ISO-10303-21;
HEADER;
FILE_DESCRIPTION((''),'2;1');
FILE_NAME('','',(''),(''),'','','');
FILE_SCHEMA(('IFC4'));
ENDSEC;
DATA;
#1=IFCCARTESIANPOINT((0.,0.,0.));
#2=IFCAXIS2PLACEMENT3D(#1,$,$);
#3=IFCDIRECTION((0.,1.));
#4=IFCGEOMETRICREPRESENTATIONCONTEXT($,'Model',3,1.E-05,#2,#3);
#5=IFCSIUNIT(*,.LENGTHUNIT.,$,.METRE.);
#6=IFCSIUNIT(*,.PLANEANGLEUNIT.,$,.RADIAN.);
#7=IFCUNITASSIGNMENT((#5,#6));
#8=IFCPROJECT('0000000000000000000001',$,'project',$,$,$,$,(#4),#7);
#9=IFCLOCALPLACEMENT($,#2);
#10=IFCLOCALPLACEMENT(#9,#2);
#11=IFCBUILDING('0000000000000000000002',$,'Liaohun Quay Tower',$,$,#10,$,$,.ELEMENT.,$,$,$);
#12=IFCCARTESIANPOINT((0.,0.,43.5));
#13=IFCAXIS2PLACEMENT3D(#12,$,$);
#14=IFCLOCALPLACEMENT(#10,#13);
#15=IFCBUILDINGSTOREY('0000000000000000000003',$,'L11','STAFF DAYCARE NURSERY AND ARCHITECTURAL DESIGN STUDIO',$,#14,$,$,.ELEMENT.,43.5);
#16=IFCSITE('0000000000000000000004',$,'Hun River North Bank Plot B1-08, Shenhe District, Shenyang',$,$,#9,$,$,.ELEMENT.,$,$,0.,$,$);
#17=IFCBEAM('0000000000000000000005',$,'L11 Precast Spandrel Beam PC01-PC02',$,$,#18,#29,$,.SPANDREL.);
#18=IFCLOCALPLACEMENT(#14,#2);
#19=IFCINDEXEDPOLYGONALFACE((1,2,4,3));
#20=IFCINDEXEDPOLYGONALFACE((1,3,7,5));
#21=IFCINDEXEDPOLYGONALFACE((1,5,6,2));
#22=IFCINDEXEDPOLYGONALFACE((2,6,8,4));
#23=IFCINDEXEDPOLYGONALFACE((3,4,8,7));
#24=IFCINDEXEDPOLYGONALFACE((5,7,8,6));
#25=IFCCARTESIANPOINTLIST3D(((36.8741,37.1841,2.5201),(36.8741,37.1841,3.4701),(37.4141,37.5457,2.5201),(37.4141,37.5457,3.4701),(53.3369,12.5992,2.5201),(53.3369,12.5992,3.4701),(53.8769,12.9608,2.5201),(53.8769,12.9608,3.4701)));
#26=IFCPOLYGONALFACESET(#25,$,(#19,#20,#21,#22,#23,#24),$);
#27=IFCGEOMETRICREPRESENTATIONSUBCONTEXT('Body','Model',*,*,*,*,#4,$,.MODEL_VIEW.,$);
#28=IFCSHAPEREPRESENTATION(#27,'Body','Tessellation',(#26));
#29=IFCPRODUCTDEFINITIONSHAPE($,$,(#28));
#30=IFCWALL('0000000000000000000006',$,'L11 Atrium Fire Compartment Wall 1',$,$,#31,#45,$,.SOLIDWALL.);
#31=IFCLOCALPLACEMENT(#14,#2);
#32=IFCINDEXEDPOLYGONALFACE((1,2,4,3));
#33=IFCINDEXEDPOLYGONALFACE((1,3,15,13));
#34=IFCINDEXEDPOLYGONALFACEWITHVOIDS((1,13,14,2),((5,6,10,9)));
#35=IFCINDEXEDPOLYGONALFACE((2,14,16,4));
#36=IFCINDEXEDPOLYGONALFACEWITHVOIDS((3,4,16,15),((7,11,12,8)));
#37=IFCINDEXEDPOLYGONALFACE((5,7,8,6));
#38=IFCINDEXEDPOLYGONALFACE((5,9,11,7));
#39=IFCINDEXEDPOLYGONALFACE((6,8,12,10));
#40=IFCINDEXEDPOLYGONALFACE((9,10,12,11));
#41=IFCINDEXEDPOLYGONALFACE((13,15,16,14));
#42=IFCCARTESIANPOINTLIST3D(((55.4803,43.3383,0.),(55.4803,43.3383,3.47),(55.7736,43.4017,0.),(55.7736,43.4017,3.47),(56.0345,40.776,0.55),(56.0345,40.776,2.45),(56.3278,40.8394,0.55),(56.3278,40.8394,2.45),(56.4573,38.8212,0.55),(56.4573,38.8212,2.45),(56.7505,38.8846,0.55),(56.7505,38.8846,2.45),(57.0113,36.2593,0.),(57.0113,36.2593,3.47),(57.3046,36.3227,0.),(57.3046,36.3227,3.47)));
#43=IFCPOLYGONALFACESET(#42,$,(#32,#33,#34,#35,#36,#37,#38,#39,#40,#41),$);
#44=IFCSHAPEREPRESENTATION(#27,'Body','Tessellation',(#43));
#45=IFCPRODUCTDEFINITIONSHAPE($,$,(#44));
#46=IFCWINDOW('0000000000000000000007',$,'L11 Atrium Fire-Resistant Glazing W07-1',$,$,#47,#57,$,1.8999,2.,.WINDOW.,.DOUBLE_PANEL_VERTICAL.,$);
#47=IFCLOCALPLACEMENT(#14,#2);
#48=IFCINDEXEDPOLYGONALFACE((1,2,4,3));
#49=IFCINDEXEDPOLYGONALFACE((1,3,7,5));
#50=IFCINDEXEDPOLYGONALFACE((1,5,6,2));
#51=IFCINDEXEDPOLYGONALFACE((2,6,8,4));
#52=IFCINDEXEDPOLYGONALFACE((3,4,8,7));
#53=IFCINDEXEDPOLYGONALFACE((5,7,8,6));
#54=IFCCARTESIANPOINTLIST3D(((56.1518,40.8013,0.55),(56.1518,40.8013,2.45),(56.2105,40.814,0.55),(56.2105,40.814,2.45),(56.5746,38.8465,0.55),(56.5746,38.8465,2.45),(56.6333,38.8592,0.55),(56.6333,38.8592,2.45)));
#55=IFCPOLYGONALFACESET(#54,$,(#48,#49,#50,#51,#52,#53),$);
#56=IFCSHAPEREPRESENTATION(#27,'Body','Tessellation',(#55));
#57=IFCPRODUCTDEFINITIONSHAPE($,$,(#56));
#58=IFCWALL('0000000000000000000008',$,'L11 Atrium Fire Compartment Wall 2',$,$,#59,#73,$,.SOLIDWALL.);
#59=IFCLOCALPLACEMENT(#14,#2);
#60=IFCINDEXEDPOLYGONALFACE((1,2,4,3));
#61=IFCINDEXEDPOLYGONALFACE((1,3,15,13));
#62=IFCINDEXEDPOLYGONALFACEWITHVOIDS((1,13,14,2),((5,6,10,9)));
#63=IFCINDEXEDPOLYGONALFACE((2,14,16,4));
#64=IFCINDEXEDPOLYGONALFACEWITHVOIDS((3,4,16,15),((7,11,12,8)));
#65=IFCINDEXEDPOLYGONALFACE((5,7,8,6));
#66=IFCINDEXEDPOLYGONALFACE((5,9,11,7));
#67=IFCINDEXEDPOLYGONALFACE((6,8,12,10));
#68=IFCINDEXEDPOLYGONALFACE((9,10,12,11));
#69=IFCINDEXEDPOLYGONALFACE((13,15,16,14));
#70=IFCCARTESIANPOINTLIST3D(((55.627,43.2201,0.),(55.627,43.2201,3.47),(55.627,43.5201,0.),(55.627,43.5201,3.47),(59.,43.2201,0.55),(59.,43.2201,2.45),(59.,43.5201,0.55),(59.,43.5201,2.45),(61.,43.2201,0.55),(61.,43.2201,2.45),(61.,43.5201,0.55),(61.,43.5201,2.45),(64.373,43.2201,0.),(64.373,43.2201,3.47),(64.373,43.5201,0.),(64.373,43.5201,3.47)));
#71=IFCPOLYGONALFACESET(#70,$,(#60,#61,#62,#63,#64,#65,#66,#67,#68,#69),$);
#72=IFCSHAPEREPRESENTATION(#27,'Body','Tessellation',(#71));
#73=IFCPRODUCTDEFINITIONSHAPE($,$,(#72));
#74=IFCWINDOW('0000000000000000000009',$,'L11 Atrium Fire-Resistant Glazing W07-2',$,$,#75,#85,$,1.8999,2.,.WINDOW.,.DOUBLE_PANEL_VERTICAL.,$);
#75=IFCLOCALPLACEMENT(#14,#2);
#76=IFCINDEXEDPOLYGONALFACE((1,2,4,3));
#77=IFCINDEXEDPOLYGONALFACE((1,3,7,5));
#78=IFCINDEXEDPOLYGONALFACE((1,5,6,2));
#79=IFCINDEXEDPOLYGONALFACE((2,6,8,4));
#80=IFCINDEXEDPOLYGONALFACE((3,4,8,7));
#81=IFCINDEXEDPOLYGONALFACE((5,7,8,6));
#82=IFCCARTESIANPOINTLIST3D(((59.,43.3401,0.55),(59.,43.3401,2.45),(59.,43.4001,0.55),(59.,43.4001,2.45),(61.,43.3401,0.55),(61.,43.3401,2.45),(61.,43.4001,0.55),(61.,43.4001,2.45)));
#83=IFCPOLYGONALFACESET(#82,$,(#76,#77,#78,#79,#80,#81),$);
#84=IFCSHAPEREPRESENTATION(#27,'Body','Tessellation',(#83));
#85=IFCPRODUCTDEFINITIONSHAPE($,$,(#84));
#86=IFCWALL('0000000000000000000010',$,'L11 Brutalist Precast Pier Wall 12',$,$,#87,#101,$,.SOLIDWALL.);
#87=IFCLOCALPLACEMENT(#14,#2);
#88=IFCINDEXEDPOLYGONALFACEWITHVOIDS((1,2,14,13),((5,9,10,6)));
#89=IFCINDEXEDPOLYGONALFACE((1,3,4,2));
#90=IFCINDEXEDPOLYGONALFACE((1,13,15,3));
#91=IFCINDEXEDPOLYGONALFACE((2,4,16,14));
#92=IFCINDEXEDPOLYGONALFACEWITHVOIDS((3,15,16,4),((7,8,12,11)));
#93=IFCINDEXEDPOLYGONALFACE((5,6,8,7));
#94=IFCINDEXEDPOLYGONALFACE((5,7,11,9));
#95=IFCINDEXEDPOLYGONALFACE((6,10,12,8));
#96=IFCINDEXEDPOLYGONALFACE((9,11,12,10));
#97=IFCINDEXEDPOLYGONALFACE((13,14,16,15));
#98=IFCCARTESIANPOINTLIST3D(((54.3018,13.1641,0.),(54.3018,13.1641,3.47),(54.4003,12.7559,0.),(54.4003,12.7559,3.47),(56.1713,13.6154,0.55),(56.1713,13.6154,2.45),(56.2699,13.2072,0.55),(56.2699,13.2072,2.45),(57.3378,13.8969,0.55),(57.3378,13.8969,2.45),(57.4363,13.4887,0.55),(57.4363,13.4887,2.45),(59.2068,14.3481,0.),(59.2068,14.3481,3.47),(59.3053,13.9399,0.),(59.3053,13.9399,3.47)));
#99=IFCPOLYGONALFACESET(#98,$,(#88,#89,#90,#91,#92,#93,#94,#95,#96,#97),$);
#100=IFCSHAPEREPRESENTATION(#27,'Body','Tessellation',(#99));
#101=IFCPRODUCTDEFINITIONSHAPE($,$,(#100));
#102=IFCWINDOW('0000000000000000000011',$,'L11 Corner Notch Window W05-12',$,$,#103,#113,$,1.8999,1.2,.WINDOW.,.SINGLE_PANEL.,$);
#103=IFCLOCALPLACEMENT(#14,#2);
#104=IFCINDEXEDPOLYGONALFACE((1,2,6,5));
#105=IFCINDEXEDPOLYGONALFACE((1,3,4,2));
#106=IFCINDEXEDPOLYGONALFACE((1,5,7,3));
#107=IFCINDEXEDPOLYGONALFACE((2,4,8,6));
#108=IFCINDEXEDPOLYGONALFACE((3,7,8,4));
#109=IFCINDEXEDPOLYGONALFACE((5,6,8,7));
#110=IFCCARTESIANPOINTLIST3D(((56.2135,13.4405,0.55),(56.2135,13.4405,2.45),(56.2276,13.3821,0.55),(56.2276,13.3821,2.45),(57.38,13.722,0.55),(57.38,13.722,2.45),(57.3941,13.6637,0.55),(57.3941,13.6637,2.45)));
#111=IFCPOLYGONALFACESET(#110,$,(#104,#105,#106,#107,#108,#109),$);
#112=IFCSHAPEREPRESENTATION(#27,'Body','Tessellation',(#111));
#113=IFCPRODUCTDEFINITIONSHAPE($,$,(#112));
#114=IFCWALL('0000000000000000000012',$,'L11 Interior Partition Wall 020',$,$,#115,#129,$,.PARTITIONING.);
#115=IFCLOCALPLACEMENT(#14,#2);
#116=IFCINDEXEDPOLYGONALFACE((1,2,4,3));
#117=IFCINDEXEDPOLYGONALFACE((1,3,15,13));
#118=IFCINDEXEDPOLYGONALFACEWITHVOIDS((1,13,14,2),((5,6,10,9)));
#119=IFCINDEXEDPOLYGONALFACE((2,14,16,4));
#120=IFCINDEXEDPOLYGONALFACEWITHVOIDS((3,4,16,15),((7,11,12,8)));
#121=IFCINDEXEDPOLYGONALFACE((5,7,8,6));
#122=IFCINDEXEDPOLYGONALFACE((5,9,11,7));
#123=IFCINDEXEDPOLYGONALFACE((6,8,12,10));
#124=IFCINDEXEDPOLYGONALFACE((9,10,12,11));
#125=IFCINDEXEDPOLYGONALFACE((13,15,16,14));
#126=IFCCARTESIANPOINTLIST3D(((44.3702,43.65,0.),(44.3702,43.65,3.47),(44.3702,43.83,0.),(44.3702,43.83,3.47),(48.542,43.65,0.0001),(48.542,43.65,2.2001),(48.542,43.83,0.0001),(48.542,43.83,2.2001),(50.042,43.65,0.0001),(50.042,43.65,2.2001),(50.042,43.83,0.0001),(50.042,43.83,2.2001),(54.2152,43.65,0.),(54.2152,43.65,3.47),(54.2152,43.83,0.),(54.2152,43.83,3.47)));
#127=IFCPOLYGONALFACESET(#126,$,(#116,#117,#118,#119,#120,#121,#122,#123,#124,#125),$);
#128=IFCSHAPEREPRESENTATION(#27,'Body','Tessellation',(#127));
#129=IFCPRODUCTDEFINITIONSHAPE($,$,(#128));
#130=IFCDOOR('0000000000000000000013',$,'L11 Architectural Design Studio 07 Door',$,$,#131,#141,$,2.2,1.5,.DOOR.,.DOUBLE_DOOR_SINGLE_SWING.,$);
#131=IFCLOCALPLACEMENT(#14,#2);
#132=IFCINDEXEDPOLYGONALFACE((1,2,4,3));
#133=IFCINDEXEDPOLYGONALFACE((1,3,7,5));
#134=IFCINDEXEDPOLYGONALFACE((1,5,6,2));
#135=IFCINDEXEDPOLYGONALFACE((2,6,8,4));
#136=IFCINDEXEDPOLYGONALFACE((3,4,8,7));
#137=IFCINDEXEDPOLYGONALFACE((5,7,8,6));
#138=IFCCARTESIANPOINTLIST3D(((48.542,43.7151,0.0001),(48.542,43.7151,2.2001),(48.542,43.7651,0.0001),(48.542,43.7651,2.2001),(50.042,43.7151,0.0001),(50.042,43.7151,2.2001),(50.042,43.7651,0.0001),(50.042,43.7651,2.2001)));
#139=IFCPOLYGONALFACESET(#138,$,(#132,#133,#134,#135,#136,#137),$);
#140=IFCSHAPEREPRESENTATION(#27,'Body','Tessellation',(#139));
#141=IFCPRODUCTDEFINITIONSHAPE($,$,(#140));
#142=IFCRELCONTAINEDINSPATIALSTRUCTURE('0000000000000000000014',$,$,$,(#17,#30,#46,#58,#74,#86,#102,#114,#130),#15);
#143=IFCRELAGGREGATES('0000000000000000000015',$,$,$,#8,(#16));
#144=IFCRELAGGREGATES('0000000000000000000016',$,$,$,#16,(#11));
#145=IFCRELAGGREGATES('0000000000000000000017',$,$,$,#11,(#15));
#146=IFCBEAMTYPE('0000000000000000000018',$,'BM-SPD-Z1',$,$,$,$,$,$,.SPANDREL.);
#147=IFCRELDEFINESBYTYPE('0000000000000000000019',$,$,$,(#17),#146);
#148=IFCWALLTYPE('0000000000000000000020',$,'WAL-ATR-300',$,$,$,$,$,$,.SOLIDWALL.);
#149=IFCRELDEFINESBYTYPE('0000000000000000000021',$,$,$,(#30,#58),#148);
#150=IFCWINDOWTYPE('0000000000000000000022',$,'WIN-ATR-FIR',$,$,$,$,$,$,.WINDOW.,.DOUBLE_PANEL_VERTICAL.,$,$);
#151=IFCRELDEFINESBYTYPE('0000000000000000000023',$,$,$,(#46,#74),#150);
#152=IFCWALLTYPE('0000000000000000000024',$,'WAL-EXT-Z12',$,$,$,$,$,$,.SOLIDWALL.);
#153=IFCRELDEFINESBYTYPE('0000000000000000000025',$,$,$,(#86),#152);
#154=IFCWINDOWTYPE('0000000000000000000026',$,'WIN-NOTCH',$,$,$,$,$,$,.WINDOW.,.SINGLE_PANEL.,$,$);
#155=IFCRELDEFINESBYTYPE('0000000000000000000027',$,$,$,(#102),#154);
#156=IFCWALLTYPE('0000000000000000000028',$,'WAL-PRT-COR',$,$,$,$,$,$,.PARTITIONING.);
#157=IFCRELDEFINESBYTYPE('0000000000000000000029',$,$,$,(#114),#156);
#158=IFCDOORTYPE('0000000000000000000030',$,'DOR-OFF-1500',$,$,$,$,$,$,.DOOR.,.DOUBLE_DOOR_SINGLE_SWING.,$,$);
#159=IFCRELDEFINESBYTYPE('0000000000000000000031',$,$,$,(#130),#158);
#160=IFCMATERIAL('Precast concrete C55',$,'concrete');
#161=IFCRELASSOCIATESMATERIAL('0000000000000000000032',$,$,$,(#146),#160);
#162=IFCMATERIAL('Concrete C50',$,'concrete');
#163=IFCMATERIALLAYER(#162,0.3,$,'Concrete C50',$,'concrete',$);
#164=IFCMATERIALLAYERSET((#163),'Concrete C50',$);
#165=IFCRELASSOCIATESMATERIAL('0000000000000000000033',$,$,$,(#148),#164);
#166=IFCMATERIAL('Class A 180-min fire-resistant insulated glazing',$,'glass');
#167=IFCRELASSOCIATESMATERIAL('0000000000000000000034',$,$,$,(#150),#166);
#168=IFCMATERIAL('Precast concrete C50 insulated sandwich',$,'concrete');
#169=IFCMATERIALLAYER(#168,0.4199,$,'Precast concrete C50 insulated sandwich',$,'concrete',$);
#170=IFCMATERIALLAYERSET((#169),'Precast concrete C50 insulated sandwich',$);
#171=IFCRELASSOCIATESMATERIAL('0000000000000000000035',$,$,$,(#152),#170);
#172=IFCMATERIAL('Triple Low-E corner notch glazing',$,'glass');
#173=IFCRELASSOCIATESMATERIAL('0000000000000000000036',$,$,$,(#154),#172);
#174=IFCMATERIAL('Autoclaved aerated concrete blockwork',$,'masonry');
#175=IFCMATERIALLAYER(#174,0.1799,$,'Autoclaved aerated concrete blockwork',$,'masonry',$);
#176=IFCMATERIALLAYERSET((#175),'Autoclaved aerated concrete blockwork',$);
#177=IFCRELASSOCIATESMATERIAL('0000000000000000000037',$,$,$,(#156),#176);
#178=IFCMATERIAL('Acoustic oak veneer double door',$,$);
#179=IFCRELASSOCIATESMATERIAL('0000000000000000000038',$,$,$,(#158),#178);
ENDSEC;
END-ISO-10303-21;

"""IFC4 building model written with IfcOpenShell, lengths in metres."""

from ifc_helpers import new_model, si_unit, direction, frame, frame_2d, origin, origin_2d, place, context, subcontext, project, spatial, rectangle, extrude, source, transform, mapped, material, layer, layer_set, material_profile, profile_set, type_object, element, fill, save


model = new_model("IFC4")

# Units and contexts
model_context = context("Model", 3, precision=1e-05, world=origin(), true_north=direction((0.0, 1.0)))
body_context = subcontext(model_context, "Body", "Model", "MODEL_VIEW")
ifc_project = project(units=[si_unit("LENGTHUNIT", "METRE"), si_unit("PLANEANGLEUNIT", "RADIAN")], contexts=[model_context])

# Site, building, storey
site_placement = place(None, origin())
site = spatial("IfcSite", under=ifc_project, at=site_placement, Name="Hun River North Bank Plot B1-08, Shenhe District, Shenyang", CompositionType="ELEMENT", RefElevation=0.0)
building_placement = place(site_placement, origin())
building = spatial("IfcBuilding", under=site, at=building_placement, Name="Liaohun Quay Tower", CompositionType="ELEMENT")
storey_placement = place(building_placement, frame((0.0, 0.0, 43.5)))
storey = spatial("IfcBuildingStorey", under=building, at=storey_placement, Name="L11", Description="STAFF DAYCARE NURSERY AND ARCHITECTURAL DESIGN STUDIO", CompositionType="ELEMENT", Elevation=43.5)

# Beam
ifc_material_1 = material(Name="Precast concrete C55", Category="concrete")
ifc_material_profile_1 = material_profile(ifc_material_1, rectangle(XDim=0.6499, YDim=0.95, at=origin_2d()), Name="RC650x950")
ifc_profile_set_1 = profile_set([ifc_material_profile_1], Name="Precast concrete C55")
beam_type_1 = type_object("IfcBeamType", Name="BM-SPD-Z1", PredefinedType="SPANDREL", material=ifc_profile_set_1)
shared_shape_1 = source(origin(), body_context, "Body", "SweptSolid", [
    extrude(rectangle(XDim=0.6499, YDim=0.95, at=origin_2d()), origin(), (0.0, 0.0, 1.0), 29.5879),
])
beam_1_placement = place(storey_placement, frame((53.6069, 12.78, 2.9951), z_axis=(-0.556405, 0.830911, 0.0), x_axis=(-0.830911, -0.556405, 0.0)))
element("IfcBeam", 1, at=beam_1_placement, inside=storey, type_object=beam_type_1, Name="L11 Precast Spandrel Beam PC01-PC02", PredefinedType="SPANDREL", context=body_context, shape_type="MappedRepresentation", body=[
    mapped(shared_shape_1, transform((0.0, 0.0, 0.0), x_axis=(1.0, 0.0, 0.0), y_axis=(0.0, 1.0, 0.0), z_axis=(0.0, 0.0, 1.0), scale=1.0)),
])

# Walls, openings, windows
ifc_material_2 = material(Name="Concrete C50", Category="concrete")
ifc_layer_1 = layer(ifc_material_2, 0.3, Name="Concrete C50", Category="concrete")
ifc_layer_set_1 = layer_set([ifc_layer_1], Name="Concrete C50")
wall_type_1 = type_object("IfcWallType", Name="WAL-ATR-300", PredefinedType="SOLIDWALL", material=ifc_layer_set_1)
wall_1_placement = place(storey_placement, frame((57.158, 36.291, 0.0), z_axis=(0.0, 0.0, 1.0), x_axis=(-0.211384, 0.977403, 0.0)))
wall_1 = element("IfcWall", 2, at=wall_1_placement, inside=storey, type_object=wall_type_1, Name="L11 Atrium Fire Compartment Wall 1", PredefinedType="SOLIDWALL", context=body_context, shape_type="SweptSolid", body=[
    extrude(rectangle(XDim=7.2427, YDim=0.3, at=frame_2d((3.6213, 0.0))), origin(), (0.0, 0.0, 1.0), 3.47),
])
shared_shape_2 = source(origin(), body_context, "Body", "SweptSolid", [
    extrude(rectangle(XDim=2.0, YDim=1.8999, at=frame_2d((1.0, 0.95))), frame((0.0, 0.1599, 0.0), z_axis=(0.0, -1.0, 0.0), x_axis=(1.0, 0.0, 0.0)), (0.0, 0.0, 1.0), 0.3201),
])
opening_1_placement = place(wall_1_placement, frame((2.6211, 0.0, 0.55)))
opening_1 = element("IfcOpeningElement", 3, at=opening_1_placement, cuts=wall_1, PredefinedType="OPENING", context=body_context, shape_type="MappedRepresentation", body=[
    mapped(shared_shape_2, transform((0.0, 0.0, 0.0), x_axis=(1.0, 0.0, 0.0), y_axis=(0.0, 1.0, 0.0), z_axis=(0.0, 0.0, 1.0), scale=1.0)),
])
ifc_material_3 = material(Name="Class A 180-min fire-resistant insulated glazing", Category="glass")
window_type_1 = type_object("IfcWindowType", Name="WIN-ATR-FIR", PartitioningType="DOUBLE_PANEL_VERTICAL", PredefinedType="WINDOW", material=ifc_material_3)
shared_shape_3 = source(origin(), body_context, "Body", "SweptSolid", [
    extrude(rectangle(XDim=2.0, YDim=1.8999, at=frame_2d((1.0, 0.95))), frame((0.0, 0.03, 0.0), z_axis=(0.0, -1.0, 0.0), x_axis=(1.0, 0.0, 0.0)), (0.0, 0.0, 1.0), 0.0601),
])
window_1_placement = place(opening_1_placement, origin())
window_1 = element("IfcWindow", 4, at=window_1_placement, inside=storey, type_object=window_type_1, Name="L11 Atrium Fire-Resistant Glazing W07-1", OverallHeight=1.8999, OverallWidth=2.0, PartitioningType="DOUBLE_PANEL_VERTICAL", PredefinedType="WINDOW", context=body_context, shape_type="MappedRepresentation", body=[
    mapped(shared_shape_3, transform((0.0, 0.0, 0.0), x_axis=(1.0, 0.0, 0.0), y_axis=(0.0, 1.0, 0.0), z_axis=(0.0, 0.0, 1.0), scale=1.0)),
])
fill(opening_1, window_1)
wall_2_placement = place(storey_placement, frame((55.627, 43.3701, 0.0), z_axis=(0.0, 0.0, 1.0), x_axis=(1.0, 0.0, 0.0)))
wall_2 = element("IfcWall", 5, at=wall_2_placement, inside=storey, type_object=wall_type_1, Name="L11 Atrium Fire Compartment Wall 2", PredefinedType="SOLIDWALL", context=body_context, shape_type="SweptSolid", body=[
    extrude(rectangle(XDim=8.7461, YDim=0.3, at=frame_2d((4.373, 0.0))), origin(), (0.0, 0.0, 1.0), 3.47),
])
opening_2_placement = place(wall_2_placement, frame((3.373, 0.0, 0.55)))
opening_2 = element("IfcOpeningElement", 6, at=opening_2_placement, cuts=wall_2, PredefinedType="OPENING", context=body_context, shape_type="MappedRepresentation", body=[
    mapped(shared_shape_2, transform((0.0, 0.0, 0.0), x_axis=(1.0, 0.0, 0.0), y_axis=(0.0, 1.0, 0.0), z_axis=(0.0, 0.0, 1.0), scale=1.0)),
])
window_2_placement = place(opening_2_placement, origin())
window_2 = element("IfcWindow", 7, at=window_2_placement, inside=storey, type_object=window_type_1, Name="L11 Atrium Fire-Resistant Glazing W07-2", OverallHeight=1.8999, OverallWidth=2.0, PartitioningType="DOUBLE_PANEL_VERTICAL", PredefinedType="WINDOW", context=body_context, shape_type="MappedRepresentation", body=[
    mapped(shared_shape_3, transform((0.0, 0.0, 0.0), x_axis=(1.0, 0.0, 0.0), y_axis=(0.0, 1.0, 0.0), z_axis=(0.0, 0.0, 1.0), scale=1.0)),
])
fill(opening_2, window_2)
ifc_material_4 = material(Name="Precast concrete C50 insulated sandwich", Category="concrete")
ifc_layer_2 = layer(ifc_material_4, 0.4199, Name="Precast concrete C50 insulated sandwich", Category="concrete")
ifc_layer_set_2 = layer_set([ifc_layer_2], Name="Precast concrete C50 insulated sandwich")
wall_type_2 = type_object("IfcWallType", Name="WAL-EXT-Z12", PredefinedType="SOLIDWALL", material=ifc_layer_set_2)
wall_3_placement = place(storey_placement, frame((54.3511, 12.96, 0.0), z_axis=(0.0, 0.0, 1.0), x_axis=(0.972077, 0.234661, 0.0)))
wall_3 = element("IfcWall", 8, at=wall_3_placement, inside=storey, type_object=wall_type_2, Name="L11 Brutalist Precast Pier Wall 12", PredefinedType="SOLIDWALL", context=body_context, shape_type="SweptSolid", body=[
    extrude(rectangle(XDim=5.0459, YDim=0.4199, at=frame_2d((2.5229, 0.0))), origin(), (0.0, 0.0, 1.0), 3.47),
])
shared_shape_4 = source(origin(), body_context, "Body", "SweptSolid", [
    extrude(rectangle(XDim=1.2, YDim=1.8999, at=frame_2d((0.6001, 0.95))), frame((0.0, 0.22, 0.0), z_axis=(0.0, -1.0, 0.0), x_axis=(1.0, 0.0, 0.0)), (0.0, 0.0, 1.0), 0.4399),
])
opening_3_placement = place(wall_3_placement, frame((1.9231, 0.0, 0.55)))
opening_3 = element("IfcOpeningElement", 9, at=opening_3_placement, cuts=wall_3, PredefinedType="OPENING", context=body_context, shape_type="MappedRepresentation", body=[
    mapped(shared_shape_4, transform((0.0, 0.0, 0.0), x_axis=(1.0, 0.0, 0.0), y_axis=(0.0, 1.0, 0.0), z_axis=(0.0, 0.0, 1.0), scale=1.0)),
])
ifc_material_5 = material(Name="Triple Low-E corner notch glazing", Category="glass")
window_type_2 = type_object("IfcWindowType", Name="WIN-NOTCH", PartitioningType="SINGLE_PANEL", PredefinedType="WINDOW", material=ifc_material_5)
shared_shape_5 = source(origin(), body_context, "Body", "SweptSolid", [
    extrude(rectangle(XDim=1.2, YDim=1.8999, at=frame_2d((0.6001, 0.95))), frame((0.0, 0.03, 0.0), z_axis=(0.0, -1.0, 0.0), x_axis=(1.0, 0.0, 0.0)), (0.0, 0.0, 1.0), 0.0601),
])
window_3_placement = place(opening_3_placement, origin())
window_3 = element("IfcWindow", 10, at=window_3_placement, inside=storey, type_object=window_type_2, Name="L11 Corner Notch Window W05-12", OverallHeight=1.8999, OverallWidth=1.2, PartitioningType="SINGLE_PANEL", PredefinedType="WINDOW", context=body_context, shape_type="MappedRepresentation", body=[
    mapped(shared_shape_5, transform((0.0, 0.0, 0.0), x_axis=(1.0, 0.0, 0.0), y_axis=(0.0, 1.0, 0.0), z_axis=(0.0, 0.0, 1.0), scale=1.0)),
])
fill(opening_3, window_3)

# Wall, opening, door
ifc_material_6 = material(Name="Autoclaved aerated concrete blockwork", Category="masonry")
ifc_layer_3 = layer(ifc_material_6, 0.1799, Name="Autoclaved aerated concrete blockwork", Category="masonry")
ifc_layer_set_3 = layer_set([ifc_layer_3], Name="Autoclaved aerated concrete blockwork")
wall_type_3 = type_object("IfcWallType", Name="WAL-PRT-COR", PredefinedType="PARTITIONING", material=ifc_layer_set_3)
wall_4_placement = place(storey_placement, frame((54.2151, 43.74, 0.0), z_axis=(0.0, 0.0, 1.0), x_axis=(-1.0, 0.0, 0.0)))
wall_4 = element("IfcWall", 11, at=wall_4_placement, inside=storey, type_object=wall_type_3, Name="L11 Interior Partition Wall 020", PredefinedType="PARTITIONING", context=body_context, shape_type="SweptSolid", body=[
    extrude(rectangle(XDim=9.845, YDim=0.1799, at=frame_2d((4.9224, 0.0))), origin(), (0.0, 0.0, 1.0), 3.47),
])
shared_shape_6 = source(origin(), body_context, "Body", "SweptSolid", [
    extrude(rectangle(XDim=1.5, YDim=2.2, at=frame_2d((0.75, 1.1001))), frame((0.0, 0.0999, 0.0), z_axis=(0.0, -1.0, 0.0), x_axis=(1.0, 0.0, 0.0)), (0.0, 0.0, 1.0), 0.2),
])
opening_4_placement = place(wall_4_placement, frame((4.1731, 0.0, 0.0)))
opening_4 = element("IfcOpeningElement", 12, at=opening_4_placement, cuts=wall_4, PredefinedType="OPENING", context=body_context, shape_type="MappedRepresentation", body=[
    mapped(shared_shape_6, transform((0.0, 0.0, 0.0), x_axis=(1.0, 0.0, 0.0), y_axis=(0.0, 1.0, 0.0), z_axis=(0.0, 0.0, 1.0), scale=1.0)),
])
ifc_material_7 = material(Name="Acoustic oak veneer double door")
door_type = type_object("IfcDoorType", Name="DOR-OFF-1500", OperationType="DOUBLE_DOOR_SINGLE_SWING", PredefinedType="DOOR", material=ifc_material_7)
shared_shape_7 = source(origin(), body_context, "Body", "SweptSolid", [
    extrude(rectangle(XDim=1.5, YDim=2.2, at=frame_2d((0.75, 1.1001))), frame((0.0, 0.0249, 0.0), z_axis=(0.0, -1.0, 0.0), x_axis=(1.0, 0.0, 0.0)), (0.0, 0.0, 1.0), 0.05),
])
door_placement = place(opening_4_placement, origin())
door = element("IfcDoor", 13, at=door_placement, inside=storey, type_object=door_type, Name="L11 Architectural Design Studio 07 Door", OperationType="DOUBLE_DOOR_SINGLE_SWING", OverallHeight=2.2, OverallWidth=1.5, PredefinedType="DOOR", context=body_context, shape_type="MappedRepresentation", body=[
    mapped(shared_shape_7, transform((0.0, 0.0, 0.0), x_axis=(1.0, 0.0, 0.0), y_axis=(0.0, 1.0, 0.0), z_axis=(0.0, 0.0, 1.0), scale=1.0)),
])
fill(opening_4, door)

save(model, "model.ifc")
